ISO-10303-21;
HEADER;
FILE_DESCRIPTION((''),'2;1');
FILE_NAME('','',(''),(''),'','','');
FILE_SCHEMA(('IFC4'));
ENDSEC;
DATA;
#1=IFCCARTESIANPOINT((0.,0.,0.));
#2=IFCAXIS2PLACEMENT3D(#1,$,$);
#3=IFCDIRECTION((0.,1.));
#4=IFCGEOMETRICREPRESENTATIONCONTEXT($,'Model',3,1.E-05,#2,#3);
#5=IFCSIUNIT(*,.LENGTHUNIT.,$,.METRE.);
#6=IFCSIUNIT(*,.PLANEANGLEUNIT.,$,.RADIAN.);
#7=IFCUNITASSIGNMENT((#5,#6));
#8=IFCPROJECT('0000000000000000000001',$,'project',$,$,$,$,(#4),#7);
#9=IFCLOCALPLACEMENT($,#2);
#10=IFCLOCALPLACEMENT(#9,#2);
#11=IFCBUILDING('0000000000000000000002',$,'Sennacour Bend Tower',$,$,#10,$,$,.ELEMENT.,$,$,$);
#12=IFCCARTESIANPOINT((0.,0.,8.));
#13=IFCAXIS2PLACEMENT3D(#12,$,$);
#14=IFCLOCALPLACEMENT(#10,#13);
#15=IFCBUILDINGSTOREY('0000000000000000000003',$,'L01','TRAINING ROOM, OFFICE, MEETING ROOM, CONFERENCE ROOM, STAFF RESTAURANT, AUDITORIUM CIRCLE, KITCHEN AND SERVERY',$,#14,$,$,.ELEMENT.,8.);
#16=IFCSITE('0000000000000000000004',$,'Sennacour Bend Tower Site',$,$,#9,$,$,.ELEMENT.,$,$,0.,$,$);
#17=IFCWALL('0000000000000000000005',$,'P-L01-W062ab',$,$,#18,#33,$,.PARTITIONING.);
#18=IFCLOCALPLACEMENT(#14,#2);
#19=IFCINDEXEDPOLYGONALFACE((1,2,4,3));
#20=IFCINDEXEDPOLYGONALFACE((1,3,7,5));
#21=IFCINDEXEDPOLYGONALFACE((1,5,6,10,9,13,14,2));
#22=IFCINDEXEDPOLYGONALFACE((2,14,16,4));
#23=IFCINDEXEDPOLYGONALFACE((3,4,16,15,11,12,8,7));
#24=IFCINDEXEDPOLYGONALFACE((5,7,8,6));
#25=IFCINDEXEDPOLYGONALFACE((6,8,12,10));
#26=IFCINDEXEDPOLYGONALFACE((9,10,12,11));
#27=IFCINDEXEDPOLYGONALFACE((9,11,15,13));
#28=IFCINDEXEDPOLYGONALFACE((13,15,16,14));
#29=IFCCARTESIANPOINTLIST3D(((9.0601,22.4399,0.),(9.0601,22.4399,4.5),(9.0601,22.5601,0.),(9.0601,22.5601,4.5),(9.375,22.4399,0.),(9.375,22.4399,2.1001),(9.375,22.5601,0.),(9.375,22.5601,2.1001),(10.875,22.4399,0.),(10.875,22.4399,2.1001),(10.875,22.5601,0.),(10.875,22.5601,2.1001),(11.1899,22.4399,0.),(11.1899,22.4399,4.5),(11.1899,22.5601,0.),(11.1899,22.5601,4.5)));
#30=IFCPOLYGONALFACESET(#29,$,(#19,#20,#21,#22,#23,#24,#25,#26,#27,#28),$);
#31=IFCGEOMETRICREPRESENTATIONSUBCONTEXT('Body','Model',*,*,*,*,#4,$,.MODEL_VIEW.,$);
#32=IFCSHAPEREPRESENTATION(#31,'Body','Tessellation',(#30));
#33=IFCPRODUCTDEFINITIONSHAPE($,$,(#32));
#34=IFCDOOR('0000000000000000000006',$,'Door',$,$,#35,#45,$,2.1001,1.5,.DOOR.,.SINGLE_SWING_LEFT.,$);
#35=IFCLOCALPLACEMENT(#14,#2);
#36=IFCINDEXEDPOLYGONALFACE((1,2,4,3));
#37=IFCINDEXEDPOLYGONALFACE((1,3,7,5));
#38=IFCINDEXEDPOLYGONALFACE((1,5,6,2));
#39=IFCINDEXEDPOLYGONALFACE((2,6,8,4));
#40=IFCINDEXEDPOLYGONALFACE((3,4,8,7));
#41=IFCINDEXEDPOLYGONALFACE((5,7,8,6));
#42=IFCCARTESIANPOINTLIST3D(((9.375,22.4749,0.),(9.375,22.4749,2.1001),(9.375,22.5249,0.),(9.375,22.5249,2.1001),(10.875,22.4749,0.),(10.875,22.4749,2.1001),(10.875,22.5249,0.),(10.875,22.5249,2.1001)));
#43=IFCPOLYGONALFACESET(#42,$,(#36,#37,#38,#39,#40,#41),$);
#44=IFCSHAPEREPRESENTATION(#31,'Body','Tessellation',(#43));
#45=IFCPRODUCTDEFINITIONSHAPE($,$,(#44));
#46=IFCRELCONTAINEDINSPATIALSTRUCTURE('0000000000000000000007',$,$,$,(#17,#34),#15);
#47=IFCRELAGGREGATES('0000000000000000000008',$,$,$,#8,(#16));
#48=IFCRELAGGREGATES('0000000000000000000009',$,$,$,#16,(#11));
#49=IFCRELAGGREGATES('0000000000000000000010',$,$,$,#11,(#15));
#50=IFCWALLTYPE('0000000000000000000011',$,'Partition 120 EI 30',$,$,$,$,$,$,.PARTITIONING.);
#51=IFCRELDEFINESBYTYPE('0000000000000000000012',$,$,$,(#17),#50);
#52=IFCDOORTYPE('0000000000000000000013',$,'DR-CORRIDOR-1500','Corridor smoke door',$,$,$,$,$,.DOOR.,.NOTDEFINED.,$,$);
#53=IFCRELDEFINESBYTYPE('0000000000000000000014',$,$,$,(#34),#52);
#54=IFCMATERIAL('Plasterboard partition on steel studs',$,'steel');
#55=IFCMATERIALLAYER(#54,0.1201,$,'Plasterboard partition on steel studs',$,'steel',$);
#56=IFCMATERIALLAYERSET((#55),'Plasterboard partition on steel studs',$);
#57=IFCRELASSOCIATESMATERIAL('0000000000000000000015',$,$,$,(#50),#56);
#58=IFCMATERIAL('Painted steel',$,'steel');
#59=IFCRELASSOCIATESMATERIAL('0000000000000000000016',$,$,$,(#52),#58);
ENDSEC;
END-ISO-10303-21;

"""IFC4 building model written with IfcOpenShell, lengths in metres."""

from ifc_helpers import new_model, si_unit, direction, frame, frame_2d, origin, place, context, subcontext, project, spatial, rectangle, extrude, material, layer, layer_set, type_object, element, fill, save


model = new_model("IFC4")

# Units and contexts
model_context = context("Model", 3, precision=1e-05, world=origin(), true_north=direction((0.0, 1.0)))
body_context = subcontext(model_context, "Body", "Model", "MODEL_VIEW")
ifc_project = project(units=[si_unit("LENGTHUNIT", "METRE"), si_unit("PLANEANGLEUNIT", "RADIAN")], contexts=[model_context])

# Site, building, storey
site_placement = place(None, origin())
site = spatial("IfcSite", under=ifc_project, at=site_placement, Name="Sennacour Bend Tower Site", CompositionType="ELEMENT", RefElevation=0.0)
building_placement = place(site_placement, origin())
building = spatial("IfcBuilding", under=site, at=building_placement, Name="Sennacour Bend Tower", CompositionType="ELEMENT")
storey_placement = place(building_placement, frame((0.0, 0.0, 8.0)))
storey = spatial("IfcBuildingStorey", under=building, at=storey_placement, Name="L01", Description="TRAINING ROOM, OFFICE, MEETING ROOM, CONFERENCE ROOM, STAFF RESTAURANT, AUDITORIUM CIRCLE, KITCHEN AND SERVERY", CompositionType="ELEMENT", Elevation=8.0)

# Shared definitions
ifc_material_1 = material(Name="Plasterboard partition on steel studs", Category="steel")

# Wall, opening, door
ifc_layer_1 = layer(ifc_material_1, 0.1201, Name="Plasterboard partition on steel studs", Category="steel")
ifc_layer_set_1 = layer_set([ifc_layer_1], Name="Plasterboard partition on steel studs")
wall_type_1 = type_object("IfcWallType", Name="Partition 120 EI 30", PredefinedType="PARTITIONING", material=ifc_layer_set_1)
wall_1_placement = place(storey_placement, frame((9.0601, 22.5, 0.0), z_axis=(0.0, 0.0, 1.0), x_axis=(1.0, 0.0, 0.0)))
wall_1 = element("IfcWall", 1, at=wall_1_placement, inside=storey, type_object=wall_type_1, Name="P-L01-W062ab", PredefinedType="PARTITIONING", context=body_context, shape_type="SweptSolid", body=[
    extrude(rectangle(XDim=2.1299, YDim=0.1201, at=frame_2d((1.0649, 0.0))), origin(), (0.0, 0.0, 1.0), 4.5),
])
opening_placement = place(wall_1_placement, frame((0.3149, 0.0, 0.0)))
opening = element("IfcOpeningElement", 2, at=opening_placement, cuts=wall_1, PredefinedType="OPENING", context=body_context, shape_type="SweptSolid", body=[
    extrude(rectangle(XDim=1.5, YDim=2.1001, at=frame_2d((0.75, 1.05))), frame((0.0, 0.0701, 0.0), z_axis=(0.0, -1.0, 0.0), x_axis=(1.0, 0.0, 0.0)), (0.0, 0.0, 1.0), 0.1401),
])
ifc_material_2 = material(Name="Painted steel", Category="steel")
door_type = type_object("IfcDoorType", Name="DR-CORRIDOR-1500", Description="Corridor smoke door", OperationType="NOTDEFINED", PredefinedType="DOOR", material=ifc_material_2)
door_placement = place(opening_placement, origin())
door = element("IfcDoor", 3, at=door_placement, inside=storey, type_object=door_type, Name="Door", OperationType="SINGLE_SWING_LEFT", OverallHeight=2.1001, OverallWidth=1.5, PredefinedType="DOOR", context=body_context, shape_type="SweptSolid", body=[
    extrude(rectangle(XDim=1.5, YDim=2.1001, at=frame_2d((0.75, 1.05))), frame((0.0, 0.0249, 0.0), z_axis=(0.0, -1.0, 0.0), x_axis=(1.0, 0.0, 0.0)), (0.0, 0.0, 1.0), 0.05),
])
fill(opening, door)

save(model, "model.ifc")
